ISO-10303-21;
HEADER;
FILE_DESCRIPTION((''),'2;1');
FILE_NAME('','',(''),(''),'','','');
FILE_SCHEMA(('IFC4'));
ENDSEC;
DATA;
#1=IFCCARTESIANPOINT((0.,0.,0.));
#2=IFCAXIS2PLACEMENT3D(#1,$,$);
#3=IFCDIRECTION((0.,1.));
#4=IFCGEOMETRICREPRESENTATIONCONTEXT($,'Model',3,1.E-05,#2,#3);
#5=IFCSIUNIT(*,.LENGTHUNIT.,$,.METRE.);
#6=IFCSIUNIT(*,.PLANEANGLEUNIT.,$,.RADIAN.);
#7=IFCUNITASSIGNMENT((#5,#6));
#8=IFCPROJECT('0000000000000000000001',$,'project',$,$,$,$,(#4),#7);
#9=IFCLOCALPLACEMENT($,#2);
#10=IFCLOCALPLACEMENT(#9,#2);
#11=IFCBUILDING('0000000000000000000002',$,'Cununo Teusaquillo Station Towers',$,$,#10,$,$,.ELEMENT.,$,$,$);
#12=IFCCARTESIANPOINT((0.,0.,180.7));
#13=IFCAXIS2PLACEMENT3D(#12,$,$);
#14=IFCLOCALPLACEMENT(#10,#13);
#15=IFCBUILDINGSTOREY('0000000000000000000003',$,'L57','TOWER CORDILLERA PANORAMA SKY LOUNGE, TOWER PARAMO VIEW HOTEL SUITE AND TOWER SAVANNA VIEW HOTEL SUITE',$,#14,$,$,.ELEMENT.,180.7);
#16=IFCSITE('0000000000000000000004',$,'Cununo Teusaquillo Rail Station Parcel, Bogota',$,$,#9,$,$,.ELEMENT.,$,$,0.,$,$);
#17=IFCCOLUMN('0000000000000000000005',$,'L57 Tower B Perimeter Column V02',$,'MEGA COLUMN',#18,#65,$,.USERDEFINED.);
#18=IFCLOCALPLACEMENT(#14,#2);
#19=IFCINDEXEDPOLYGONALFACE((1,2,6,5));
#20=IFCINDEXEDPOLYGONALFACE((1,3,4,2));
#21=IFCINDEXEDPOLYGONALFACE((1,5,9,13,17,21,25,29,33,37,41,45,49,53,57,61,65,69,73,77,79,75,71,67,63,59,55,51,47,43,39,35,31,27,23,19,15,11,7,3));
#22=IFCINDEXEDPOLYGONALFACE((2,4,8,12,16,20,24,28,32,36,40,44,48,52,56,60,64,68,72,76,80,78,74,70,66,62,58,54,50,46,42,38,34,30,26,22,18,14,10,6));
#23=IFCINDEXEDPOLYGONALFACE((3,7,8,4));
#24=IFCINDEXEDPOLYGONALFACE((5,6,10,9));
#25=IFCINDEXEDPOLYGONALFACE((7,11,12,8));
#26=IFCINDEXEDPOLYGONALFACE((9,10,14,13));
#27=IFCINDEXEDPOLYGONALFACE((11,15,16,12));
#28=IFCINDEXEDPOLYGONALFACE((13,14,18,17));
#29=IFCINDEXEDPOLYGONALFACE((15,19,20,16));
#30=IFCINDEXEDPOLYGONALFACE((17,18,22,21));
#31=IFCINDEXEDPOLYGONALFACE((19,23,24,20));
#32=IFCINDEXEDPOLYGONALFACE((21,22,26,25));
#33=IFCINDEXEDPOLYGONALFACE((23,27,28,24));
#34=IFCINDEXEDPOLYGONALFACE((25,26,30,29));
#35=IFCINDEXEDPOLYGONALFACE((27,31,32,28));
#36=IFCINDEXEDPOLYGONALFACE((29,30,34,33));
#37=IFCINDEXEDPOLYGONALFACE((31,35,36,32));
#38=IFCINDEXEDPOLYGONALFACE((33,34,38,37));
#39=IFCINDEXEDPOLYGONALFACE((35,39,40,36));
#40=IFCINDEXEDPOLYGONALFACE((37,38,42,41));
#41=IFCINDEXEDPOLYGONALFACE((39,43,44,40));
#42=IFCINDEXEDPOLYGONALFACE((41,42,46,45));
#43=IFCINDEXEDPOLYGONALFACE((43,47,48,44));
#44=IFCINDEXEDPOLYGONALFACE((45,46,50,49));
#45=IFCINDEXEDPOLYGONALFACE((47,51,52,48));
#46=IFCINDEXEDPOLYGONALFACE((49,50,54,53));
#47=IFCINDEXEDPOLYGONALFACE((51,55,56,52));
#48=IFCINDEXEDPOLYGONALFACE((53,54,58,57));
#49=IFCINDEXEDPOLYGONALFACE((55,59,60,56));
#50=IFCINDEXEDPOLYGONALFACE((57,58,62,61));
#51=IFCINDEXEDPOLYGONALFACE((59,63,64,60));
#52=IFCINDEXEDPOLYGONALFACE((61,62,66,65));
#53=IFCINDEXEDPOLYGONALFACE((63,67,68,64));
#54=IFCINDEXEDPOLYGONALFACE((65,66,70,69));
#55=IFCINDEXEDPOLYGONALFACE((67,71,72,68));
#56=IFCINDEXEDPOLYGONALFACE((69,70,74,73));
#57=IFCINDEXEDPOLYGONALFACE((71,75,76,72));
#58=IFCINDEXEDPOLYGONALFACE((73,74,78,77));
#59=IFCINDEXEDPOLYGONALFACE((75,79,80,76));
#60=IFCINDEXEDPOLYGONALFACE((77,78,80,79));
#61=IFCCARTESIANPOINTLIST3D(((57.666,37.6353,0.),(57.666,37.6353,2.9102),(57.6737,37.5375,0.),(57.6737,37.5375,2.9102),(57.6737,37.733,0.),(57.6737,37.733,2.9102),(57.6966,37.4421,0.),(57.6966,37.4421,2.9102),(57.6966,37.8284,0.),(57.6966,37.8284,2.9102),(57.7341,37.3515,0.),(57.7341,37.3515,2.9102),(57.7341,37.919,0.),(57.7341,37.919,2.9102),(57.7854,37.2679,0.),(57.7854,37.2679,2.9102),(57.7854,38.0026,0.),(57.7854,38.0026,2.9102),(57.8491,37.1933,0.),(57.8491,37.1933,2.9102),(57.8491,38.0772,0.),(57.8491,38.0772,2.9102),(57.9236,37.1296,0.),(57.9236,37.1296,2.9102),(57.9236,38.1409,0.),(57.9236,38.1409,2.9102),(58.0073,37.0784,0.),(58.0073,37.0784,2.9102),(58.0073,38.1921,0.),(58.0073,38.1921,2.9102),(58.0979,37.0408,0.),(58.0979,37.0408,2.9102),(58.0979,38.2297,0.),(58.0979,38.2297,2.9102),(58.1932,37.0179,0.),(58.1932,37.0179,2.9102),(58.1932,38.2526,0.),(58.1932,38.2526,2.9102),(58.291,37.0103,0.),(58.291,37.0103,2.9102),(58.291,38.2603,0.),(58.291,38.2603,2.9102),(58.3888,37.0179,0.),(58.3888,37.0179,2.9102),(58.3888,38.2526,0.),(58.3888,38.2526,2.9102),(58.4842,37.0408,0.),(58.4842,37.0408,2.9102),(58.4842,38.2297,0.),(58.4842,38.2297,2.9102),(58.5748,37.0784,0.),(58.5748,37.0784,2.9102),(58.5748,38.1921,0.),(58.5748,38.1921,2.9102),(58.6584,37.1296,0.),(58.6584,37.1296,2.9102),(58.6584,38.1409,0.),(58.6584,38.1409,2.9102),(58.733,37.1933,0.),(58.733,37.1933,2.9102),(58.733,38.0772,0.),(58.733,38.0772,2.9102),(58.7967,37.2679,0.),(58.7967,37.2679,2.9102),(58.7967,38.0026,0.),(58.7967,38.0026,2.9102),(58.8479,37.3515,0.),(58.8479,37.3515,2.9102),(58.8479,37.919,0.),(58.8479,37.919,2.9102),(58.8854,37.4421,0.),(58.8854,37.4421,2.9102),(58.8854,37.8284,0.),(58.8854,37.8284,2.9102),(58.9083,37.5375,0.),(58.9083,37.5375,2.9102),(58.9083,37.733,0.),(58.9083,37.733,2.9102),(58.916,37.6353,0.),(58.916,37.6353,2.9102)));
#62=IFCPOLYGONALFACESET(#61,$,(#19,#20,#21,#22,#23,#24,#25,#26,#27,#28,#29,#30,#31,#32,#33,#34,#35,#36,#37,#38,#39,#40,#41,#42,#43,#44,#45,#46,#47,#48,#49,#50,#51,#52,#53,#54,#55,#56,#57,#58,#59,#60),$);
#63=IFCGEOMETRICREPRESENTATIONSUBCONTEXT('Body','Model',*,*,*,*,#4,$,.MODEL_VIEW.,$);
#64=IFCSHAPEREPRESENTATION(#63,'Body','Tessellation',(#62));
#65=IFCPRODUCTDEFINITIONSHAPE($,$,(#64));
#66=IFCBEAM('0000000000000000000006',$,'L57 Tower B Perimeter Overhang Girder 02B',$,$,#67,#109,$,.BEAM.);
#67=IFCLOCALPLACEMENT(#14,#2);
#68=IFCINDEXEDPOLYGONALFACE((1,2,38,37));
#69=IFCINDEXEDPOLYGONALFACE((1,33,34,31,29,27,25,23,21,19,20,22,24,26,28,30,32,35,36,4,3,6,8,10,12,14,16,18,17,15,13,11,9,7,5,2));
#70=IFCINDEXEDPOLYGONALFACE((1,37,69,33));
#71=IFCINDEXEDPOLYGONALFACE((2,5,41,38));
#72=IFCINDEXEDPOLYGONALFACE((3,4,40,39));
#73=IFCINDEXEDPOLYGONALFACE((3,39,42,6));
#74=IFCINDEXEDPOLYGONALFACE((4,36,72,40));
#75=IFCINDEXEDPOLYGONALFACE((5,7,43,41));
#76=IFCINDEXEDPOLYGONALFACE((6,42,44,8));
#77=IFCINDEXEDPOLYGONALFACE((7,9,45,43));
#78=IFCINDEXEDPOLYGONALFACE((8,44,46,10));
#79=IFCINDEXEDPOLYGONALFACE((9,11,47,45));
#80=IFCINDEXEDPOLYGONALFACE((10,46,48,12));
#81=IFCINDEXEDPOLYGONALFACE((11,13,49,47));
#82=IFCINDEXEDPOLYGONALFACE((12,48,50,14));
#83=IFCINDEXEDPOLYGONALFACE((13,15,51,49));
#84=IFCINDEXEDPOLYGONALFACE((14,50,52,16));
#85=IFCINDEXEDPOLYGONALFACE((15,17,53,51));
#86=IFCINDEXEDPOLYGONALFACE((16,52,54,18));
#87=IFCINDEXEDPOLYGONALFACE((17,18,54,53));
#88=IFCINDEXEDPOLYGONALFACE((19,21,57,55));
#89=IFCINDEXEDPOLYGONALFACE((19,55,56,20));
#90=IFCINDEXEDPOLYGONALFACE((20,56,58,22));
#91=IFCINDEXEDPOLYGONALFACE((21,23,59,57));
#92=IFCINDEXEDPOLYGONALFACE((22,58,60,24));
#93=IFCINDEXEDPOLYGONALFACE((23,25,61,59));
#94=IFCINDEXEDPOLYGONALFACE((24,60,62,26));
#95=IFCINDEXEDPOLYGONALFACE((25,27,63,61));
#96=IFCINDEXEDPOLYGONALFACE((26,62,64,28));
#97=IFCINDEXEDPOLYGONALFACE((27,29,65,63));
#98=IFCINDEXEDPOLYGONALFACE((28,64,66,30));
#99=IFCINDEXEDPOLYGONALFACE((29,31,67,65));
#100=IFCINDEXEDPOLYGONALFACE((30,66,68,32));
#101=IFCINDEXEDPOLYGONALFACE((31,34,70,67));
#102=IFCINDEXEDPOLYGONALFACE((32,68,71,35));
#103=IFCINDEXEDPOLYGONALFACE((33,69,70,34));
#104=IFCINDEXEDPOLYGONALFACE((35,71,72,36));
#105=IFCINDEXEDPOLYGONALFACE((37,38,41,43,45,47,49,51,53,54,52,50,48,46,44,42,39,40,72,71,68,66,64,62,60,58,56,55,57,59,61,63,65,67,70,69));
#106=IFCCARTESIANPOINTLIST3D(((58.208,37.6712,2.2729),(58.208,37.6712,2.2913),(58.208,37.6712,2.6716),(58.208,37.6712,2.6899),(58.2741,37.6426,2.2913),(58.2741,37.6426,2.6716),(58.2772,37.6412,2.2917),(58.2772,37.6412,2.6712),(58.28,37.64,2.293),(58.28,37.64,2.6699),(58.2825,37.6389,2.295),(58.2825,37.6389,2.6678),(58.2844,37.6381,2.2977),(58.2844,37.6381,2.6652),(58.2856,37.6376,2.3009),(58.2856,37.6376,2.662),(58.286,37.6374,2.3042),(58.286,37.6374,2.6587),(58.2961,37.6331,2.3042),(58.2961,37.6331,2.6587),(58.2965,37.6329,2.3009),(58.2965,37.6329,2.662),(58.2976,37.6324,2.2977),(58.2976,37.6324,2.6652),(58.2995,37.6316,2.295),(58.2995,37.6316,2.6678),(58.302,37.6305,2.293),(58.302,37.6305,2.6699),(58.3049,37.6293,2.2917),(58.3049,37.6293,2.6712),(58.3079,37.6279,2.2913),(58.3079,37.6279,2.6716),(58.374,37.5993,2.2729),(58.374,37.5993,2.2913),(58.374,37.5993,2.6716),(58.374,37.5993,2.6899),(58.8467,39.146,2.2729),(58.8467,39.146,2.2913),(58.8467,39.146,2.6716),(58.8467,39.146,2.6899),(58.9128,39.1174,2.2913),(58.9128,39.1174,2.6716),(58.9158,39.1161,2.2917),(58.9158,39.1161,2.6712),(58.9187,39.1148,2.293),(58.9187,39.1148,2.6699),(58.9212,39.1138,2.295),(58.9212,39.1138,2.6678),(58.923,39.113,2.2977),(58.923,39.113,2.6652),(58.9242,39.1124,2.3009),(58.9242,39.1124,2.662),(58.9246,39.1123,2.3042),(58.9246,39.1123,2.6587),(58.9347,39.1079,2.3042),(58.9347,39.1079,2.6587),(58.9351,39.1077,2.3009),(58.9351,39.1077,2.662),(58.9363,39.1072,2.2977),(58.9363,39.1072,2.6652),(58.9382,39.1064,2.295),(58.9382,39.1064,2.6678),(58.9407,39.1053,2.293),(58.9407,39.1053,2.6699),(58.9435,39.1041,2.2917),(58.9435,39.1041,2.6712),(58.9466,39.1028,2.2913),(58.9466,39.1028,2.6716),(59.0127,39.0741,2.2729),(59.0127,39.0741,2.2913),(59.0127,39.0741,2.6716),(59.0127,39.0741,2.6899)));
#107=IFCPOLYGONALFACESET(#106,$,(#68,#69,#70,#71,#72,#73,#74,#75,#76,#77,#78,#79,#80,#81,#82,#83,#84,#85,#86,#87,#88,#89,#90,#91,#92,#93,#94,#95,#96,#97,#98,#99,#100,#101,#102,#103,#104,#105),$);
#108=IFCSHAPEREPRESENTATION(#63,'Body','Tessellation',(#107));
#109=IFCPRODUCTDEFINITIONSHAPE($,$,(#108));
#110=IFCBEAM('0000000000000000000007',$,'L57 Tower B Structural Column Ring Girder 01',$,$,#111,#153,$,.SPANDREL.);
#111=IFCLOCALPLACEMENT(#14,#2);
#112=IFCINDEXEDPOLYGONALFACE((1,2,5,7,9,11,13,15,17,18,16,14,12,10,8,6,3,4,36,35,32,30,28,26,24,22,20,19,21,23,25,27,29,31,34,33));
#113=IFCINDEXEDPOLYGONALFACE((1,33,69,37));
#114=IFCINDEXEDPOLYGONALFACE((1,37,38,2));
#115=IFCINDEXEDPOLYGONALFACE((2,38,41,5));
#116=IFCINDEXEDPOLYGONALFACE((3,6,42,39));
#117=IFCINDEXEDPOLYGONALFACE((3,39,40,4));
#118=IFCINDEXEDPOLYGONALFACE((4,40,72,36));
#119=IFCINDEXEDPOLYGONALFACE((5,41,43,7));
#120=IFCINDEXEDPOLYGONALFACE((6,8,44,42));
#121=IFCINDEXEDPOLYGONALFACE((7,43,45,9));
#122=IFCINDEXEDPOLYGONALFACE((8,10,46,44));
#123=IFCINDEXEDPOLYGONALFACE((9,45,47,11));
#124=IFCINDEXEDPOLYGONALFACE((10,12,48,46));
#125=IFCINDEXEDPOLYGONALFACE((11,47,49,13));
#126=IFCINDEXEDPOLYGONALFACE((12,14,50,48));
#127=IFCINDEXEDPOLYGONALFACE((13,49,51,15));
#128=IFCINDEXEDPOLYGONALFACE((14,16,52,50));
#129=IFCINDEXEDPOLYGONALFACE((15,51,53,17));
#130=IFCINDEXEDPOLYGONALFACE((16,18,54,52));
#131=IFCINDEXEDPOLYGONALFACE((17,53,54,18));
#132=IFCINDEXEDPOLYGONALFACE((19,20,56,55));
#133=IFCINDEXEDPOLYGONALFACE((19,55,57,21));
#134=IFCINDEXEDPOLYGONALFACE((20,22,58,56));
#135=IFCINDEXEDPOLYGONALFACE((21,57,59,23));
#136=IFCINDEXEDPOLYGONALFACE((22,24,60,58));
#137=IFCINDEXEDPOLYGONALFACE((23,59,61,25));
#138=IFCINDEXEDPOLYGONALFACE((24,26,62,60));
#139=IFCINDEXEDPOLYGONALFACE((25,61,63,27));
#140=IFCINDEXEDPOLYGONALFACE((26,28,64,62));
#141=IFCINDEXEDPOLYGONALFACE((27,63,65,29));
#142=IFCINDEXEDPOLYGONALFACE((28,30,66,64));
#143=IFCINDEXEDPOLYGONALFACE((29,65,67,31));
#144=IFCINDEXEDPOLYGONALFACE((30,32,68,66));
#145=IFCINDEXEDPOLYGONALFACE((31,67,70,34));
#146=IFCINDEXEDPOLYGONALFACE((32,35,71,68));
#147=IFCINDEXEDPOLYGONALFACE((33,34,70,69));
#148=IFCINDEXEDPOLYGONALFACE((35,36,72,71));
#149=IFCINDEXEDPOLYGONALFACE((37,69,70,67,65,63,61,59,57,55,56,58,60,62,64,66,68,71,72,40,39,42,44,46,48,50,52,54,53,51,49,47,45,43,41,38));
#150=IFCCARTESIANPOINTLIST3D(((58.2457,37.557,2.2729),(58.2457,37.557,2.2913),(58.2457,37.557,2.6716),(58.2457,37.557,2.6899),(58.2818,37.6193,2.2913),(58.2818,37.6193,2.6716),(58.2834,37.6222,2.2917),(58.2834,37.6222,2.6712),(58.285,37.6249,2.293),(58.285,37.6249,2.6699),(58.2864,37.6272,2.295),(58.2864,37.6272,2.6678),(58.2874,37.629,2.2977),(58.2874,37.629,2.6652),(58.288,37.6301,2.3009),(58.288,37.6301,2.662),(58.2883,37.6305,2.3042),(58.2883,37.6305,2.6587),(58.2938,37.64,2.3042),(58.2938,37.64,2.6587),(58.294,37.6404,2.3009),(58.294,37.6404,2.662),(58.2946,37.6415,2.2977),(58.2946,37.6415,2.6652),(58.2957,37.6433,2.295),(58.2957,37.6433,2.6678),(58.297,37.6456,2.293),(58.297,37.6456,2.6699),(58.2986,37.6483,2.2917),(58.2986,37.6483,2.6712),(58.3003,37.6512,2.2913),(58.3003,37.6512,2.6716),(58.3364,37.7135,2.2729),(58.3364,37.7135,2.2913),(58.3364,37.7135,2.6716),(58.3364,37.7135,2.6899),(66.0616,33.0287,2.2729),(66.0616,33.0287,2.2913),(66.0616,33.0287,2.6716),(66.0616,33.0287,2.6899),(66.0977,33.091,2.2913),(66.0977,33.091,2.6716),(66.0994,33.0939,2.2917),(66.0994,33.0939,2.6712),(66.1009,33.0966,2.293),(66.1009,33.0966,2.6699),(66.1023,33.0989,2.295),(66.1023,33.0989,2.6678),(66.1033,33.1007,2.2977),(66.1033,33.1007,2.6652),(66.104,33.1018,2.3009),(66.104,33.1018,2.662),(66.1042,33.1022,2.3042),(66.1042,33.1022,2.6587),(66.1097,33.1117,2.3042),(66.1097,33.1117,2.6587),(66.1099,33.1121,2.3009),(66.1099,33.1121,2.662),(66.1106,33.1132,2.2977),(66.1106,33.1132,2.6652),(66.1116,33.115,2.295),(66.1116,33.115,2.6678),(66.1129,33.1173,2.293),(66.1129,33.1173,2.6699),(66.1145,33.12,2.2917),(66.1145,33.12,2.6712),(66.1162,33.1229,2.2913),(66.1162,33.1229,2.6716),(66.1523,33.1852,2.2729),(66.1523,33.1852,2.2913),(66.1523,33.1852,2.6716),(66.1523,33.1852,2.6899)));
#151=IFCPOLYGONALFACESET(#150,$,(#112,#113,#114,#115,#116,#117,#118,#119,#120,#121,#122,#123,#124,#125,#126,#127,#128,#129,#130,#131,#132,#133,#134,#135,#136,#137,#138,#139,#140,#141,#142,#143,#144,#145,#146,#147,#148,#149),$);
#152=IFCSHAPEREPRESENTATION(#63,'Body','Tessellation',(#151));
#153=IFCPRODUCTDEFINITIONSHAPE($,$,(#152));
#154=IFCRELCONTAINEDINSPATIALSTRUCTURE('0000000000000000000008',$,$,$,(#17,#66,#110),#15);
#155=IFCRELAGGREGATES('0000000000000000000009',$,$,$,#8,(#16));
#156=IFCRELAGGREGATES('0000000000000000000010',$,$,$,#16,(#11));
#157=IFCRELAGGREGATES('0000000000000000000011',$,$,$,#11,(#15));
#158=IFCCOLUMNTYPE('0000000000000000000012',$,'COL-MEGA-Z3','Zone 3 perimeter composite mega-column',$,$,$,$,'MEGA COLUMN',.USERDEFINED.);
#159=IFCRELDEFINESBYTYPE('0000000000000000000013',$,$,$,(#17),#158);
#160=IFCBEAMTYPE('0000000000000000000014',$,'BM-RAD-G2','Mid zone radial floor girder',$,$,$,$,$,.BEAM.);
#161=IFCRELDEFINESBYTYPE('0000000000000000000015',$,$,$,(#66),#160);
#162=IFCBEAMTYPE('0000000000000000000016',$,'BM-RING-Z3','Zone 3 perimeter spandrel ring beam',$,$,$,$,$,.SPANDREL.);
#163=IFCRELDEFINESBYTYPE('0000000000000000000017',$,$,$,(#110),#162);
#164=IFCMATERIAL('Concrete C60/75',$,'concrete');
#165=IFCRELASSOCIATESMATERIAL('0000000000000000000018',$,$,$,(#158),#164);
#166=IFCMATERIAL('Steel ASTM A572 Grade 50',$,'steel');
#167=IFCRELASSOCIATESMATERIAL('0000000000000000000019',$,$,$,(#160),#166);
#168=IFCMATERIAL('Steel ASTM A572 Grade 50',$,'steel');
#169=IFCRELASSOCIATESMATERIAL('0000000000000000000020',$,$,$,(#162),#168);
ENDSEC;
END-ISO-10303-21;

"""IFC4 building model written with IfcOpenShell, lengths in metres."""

from ifc_helpers import new_model, si_unit, direction, frame, origin, origin_2d, place, context, subcontext, project, spatial, circle, i_section, extrude, material, material_profile, profile_set, type_object, element, save


model = new_model("IFC4")

# Units and contexts
model_context = context("Model", 3, precision=1e-05, world=origin(), true_north=direction((0.0, 1.0)))
body_context = subcontext(model_context, "Body", "Model", "MODEL_VIEW")
ifc_project = project(units=[si_unit("LENGTHUNIT", "METRE"), si_unit("PLANEANGLEUNIT", "RADIAN")], contexts=[model_context])

# Site, building, storey
site_placement = place(None, origin())
site = spatial("IfcSite", under=ifc_project, at=site_placement, Name="Cununo Teusaquillo Rail Station Parcel, Bogota", CompositionType="ELEMENT", RefElevation=0.0)
building_placement = place(site_placement, origin())
building = spatial("IfcBuilding", under=site, at=building_placement, Name="Cununo Teusaquillo Station Towers", CompositionType="ELEMENT")
storey_placement = place(building_placement, frame((0.0, 0.0, 180.7)))
storey = spatial("IfcBuildingStorey", under=building, at=storey_placement, Name="L57", Description="TOWER CORDILLERA PANORAMA SKY LOUNGE, TOWER PARAMO VIEW HOTEL SUITE AND TOWER SAVANNA VIEW HOTEL SUITE", CompositionType="ELEMENT", Elevation=180.7)

# Column
ifc_material_1 = material(Name="Concrete C60/75", Category="concrete")
ifc_material_profile_1 = material_profile(ifc_material_1, circle(Radius=0.625, at=origin_2d()), Name="RC-CIRC-1250")
ifc_profile_set_1 = profile_set([ifc_material_profile_1], Name="Concrete C60/75")
column_type = type_object("IfcColumnType", Name="COL-MEGA-Z3", Description="Zone 3 perimeter composite mega-column", ElementType="MEGA COLUMN", PredefinedType="USERDEFINED", material=ifc_profile_set_1)
column_placement = place(storey_placement, frame((58.291, 37.6353, 0.0), z_axis=(0.0, 0.0, 1.0), x_axis=(1.0, 0.0, 0.0)))
element("IfcColumn", 1, at=column_placement, inside=storey, type_object=column_type, Name="L57 Tower B Perimeter Column V02", ObjectType="MEGA COLUMN", PredefinedType="USERDEFINED", context=body_context, shape_type="SweptSolid", body=[
    extrude(circle(Radius=0.625, at=origin_2d()), origin(), (0.0, 0.0, 1.0), 2.9102),
])

# Beams
ifc_material_2 = material(Name="Steel ASTM A572 Grade 50", Category="steel")
ifc_material_profile_2 = material_profile(ifc_material_2, i_section(OverallWidth=0.1809, OverallDepth=0.417, WebThickness=0.011, FlangeThickness=0.0183, FilletRadius=0.0129, at=origin_2d()), Name="W16X57")
ifc_profile_set_2 = profile_set([ifc_material_profile_2], Name="Steel ASTM A572 Grade 50")
beam_type_1 = type_object("IfcBeamType", Name="BM-RAD-G2", Description="Mid zone radial floor girder", PredefinedType="BEAM", material=ifc_profile_set_2)
beam_1_placement = place(storey_placement, frame((58.291, 37.6353, 2.4814), z_axis=(0.397381, 0.917654, 0.0), x_axis=(-0.917654, 0.397381, 0.0)))
element("IfcBeam", 2, at=beam_1_placement, inside=storey, type_object=beam_type_1, Name="L57 Tower B Perimeter Overhang Girder 02B", PredefinedType="BEAM", context=body_context, shape_type="SweptSolid", body=[
    extrude(i_section(OverallWidth=0.1809, OverallDepth=0.417, WebThickness=0.011, FlangeThickness=0.0183, FilletRadius=0.0129, at=origin_2d()), origin(), (0.0, 0.0, 1.0), 1.6072),
])
ifc_material_3 = material(Name="Steel ASTM A572 Grade 50", Category="steel")
ifc_material_profile_3 = material_profile(ifc_material_3, i_section(OverallWidth=0.1809, OverallDepth=0.417, WebThickness=0.011, FlangeThickness=0.0183, FilletRadius=0.0129, at=origin_2d()), Name="W16X57")
ifc_profile_set_3 = profile_set([ifc_material_profile_3], Name="Steel ASTM A572 Grade 50")
beam_type_2 = type_object("IfcBeamType", Name="BM-RING-Z3", Description="Zone 3 perimeter spandrel ring beam", PredefinedType="SPANDREL", material=ifc_profile_set_3)
beam_2_placement = place(storey_placement, frame((66.1069, 33.1069, 2.4814), z_axis=(-0.865267, 0.501311, 0.0), x_axis=(-0.501311, -0.865267, 0.0)))
element("IfcBeam", 3, at=beam_2_placement, inside=storey, type_object=beam_type_2, Name="L57 Tower B Structural Column Ring Girder 01", PredefinedType="SPANDREL", context=body_context, shape_type="SweptSolid", body=[
    extrude(i_section(OverallWidth=0.1809, OverallDepth=0.417, WebThickness=0.011, FlangeThickness=0.0183, FilletRadius=0.0129, at=origin_2d()), origin(), (0.0, 0.0, 1.0), 9.033),
])

save(model, "model.ifc")
